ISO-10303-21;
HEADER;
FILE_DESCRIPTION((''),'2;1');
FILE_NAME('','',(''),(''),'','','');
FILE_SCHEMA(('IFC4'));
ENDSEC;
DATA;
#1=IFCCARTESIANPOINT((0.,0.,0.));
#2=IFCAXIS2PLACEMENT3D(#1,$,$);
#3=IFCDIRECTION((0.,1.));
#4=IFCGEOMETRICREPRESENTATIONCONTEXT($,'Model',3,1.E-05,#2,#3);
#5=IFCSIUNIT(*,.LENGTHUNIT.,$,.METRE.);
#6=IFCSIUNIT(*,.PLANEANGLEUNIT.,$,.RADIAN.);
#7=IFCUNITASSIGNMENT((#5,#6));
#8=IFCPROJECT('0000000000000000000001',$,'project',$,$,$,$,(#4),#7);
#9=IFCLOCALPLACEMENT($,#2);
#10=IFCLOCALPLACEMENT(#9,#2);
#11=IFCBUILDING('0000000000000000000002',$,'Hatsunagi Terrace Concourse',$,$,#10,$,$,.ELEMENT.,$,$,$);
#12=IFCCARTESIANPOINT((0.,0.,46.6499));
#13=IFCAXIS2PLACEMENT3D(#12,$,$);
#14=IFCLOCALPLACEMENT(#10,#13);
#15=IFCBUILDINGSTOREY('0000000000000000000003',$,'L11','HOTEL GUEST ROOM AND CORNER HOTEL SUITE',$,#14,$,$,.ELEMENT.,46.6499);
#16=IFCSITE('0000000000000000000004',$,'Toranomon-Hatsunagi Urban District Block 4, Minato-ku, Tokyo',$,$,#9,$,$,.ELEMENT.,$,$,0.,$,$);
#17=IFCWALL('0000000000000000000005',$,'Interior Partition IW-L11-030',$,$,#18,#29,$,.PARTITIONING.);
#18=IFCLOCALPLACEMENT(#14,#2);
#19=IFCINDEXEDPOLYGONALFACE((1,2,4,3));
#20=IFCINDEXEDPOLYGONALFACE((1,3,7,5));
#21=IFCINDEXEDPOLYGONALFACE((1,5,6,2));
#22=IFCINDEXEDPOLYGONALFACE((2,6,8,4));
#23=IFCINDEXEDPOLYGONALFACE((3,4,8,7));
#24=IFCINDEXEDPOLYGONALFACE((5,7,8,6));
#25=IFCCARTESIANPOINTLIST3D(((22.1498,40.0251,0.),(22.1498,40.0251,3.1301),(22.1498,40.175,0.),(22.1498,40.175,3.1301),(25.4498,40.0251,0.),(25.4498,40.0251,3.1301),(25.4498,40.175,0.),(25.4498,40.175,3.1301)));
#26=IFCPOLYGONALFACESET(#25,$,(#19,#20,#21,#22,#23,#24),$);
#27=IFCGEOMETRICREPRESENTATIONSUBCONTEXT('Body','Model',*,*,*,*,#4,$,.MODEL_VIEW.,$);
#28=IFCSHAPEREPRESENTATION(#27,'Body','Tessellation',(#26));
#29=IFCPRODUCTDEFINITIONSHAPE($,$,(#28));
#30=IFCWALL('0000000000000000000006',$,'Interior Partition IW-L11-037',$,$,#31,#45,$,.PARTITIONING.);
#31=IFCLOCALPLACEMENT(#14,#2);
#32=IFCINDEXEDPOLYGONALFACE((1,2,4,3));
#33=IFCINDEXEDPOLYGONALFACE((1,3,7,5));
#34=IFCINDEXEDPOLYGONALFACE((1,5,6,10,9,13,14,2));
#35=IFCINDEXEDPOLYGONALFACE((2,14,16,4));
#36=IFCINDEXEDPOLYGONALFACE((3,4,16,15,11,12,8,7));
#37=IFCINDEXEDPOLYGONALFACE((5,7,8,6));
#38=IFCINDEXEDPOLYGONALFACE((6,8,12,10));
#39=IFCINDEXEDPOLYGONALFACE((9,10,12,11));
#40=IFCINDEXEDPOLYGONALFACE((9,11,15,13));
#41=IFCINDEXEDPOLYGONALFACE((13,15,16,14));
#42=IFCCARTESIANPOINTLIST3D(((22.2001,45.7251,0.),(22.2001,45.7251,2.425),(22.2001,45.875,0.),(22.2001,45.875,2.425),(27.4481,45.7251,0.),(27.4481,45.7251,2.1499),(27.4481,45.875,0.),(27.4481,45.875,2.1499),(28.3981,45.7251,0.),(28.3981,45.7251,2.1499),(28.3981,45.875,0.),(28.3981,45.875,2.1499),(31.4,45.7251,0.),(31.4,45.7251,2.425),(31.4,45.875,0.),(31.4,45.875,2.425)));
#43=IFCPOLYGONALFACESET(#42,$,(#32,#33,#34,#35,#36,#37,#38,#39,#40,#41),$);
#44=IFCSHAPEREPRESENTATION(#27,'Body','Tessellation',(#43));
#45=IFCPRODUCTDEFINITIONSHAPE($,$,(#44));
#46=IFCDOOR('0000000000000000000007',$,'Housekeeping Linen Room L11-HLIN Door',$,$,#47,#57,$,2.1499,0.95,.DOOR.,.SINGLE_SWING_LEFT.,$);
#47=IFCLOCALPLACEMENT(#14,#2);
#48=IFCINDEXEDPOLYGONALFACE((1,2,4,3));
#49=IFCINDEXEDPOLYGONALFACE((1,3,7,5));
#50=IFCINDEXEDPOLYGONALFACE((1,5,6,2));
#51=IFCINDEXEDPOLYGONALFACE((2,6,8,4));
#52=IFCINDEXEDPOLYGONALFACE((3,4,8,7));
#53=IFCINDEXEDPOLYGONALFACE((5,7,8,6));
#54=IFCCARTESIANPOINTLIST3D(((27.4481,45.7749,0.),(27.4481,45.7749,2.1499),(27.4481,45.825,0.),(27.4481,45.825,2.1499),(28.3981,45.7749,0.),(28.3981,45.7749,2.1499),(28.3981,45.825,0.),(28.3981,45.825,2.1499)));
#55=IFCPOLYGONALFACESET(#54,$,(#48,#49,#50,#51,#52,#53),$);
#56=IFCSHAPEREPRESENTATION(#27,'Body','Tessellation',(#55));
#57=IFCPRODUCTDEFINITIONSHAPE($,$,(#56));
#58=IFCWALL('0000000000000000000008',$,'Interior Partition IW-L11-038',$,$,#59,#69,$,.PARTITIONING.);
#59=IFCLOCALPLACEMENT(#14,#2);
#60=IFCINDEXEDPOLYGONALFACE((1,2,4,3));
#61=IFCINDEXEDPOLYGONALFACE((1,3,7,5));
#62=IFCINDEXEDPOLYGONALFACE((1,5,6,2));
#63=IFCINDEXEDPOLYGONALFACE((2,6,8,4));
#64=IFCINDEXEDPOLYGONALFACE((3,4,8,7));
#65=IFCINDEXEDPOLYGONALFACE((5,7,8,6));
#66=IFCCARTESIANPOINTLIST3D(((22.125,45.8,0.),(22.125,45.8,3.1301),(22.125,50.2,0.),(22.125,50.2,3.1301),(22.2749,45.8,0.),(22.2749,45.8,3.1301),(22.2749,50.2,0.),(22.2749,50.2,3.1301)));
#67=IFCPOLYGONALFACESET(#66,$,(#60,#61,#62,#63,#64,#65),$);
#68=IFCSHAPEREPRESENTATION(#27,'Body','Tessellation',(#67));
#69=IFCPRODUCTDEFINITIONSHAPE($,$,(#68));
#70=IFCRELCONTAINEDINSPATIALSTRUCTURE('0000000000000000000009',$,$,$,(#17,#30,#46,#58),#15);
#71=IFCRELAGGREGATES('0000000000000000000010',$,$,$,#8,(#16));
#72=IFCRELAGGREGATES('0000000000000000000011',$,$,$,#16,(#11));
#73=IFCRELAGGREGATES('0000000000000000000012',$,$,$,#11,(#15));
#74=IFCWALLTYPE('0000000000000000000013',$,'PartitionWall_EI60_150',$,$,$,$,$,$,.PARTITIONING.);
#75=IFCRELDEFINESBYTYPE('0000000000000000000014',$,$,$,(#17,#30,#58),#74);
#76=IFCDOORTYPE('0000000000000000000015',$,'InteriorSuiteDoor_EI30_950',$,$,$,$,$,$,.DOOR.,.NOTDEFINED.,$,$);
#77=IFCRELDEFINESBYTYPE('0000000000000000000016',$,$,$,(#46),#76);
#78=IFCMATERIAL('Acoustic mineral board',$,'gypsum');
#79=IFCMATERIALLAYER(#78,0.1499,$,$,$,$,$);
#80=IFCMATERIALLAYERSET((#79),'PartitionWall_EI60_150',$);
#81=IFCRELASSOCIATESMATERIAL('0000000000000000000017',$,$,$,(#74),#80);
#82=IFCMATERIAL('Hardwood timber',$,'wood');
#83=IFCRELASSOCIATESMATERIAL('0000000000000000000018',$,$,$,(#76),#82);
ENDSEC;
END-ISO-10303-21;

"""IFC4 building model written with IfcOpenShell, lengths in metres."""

from ifc_helpers import new_model, si_unit, direction, frame, frame_2d, origin, place, context, subcontext, project, spatial, rectangle, extrude, material, layer, layer_set, type_object, element, fill, save


model = new_model("IFC4")

# Units and contexts
model_context = context("Model", 3, precision=1e-05, world=origin(), true_north=direction((0.0, 1.0)))
body_context = subcontext(model_context, "Body", "Model", "MODEL_VIEW")
ifc_project = project(units=[si_unit("LENGTHUNIT", "METRE"), si_unit("PLANEANGLEUNIT", "RADIAN")], contexts=[model_context])

# Site, building, storey
site_placement = place(None, origin())
site = spatial("IfcSite", under=ifc_project, at=site_placement, Name="Toranomon-Hatsunagi Urban District Block 4, Minato-ku, Tokyo", CompositionType="ELEMENT", RefElevation=0.0)
building_placement = place(site_placement, origin())
building = spatial("IfcBuilding", under=site, at=building_placement, Name="Hatsunagi Terrace Concourse", CompositionType="ELEMENT")
storey_placement = place(building_placement, frame((0.0, 0.0, 46.6499)))
storey = spatial("IfcBuildingStorey", under=building, at=storey_placement, Name="L11", Description="HOTEL GUEST ROOM AND CORNER HOTEL SUITE", CompositionType="ELEMENT", Elevation=46.6499)

# Wall
ifc_material_1 = material(Name="Acoustic mineral board", Category="gypsum")
ifc_layer_1 = layer(ifc_material_1, 0.1499)
ifc_layer_set_1 = layer_set([ifc_layer_1], Name="PartitionWall_EI60_150")
wall_type_1 = type_object("IfcWallType", Name="PartitionWall_EI60_150", PredefinedType="PARTITIONING", material=ifc_layer_set_1)
wall_1_placement = place(storey_placement, frame((22.1499, 40.1001, 0.0), z_axis=(0.0, 0.0, 1.0), x_axis=(1.0, 0.0, 0.0)))
element("IfcWall", 1, at=wall_1_placement, inside=storey, type_object=wall_type_1, Name="Interior Partition IW-L11-030", PredefinedType="PARTITIONING", context=body_context, shape_type="SweptSolid", body=[
    extrude(rectangle(XDim=3.3, YDim=0.1499, at=frame_2d((1.6499, 0.0))), origin(), (0.0, 0.0, 1.0), 3.1301),
])

# Wall, opening, door
wall_2_placement = place(storey_placement, frame((22.2, 45.8, 0.0), z_axis=(0.0, 0.0, 1.0), x_axis=(1.0, 0.0, 0.0)))
wall_2 = element("IfcWall", 2, at=wall_2_placement, inside=storey, type_object=wall_type_1, Name="Interior Partition IW-L11-037", PredefinedType="PARTITIONING", context=body_context, shape_type="SweptSolid", body=[
    extrude(rectangle(XDim=9.2, YDim=0.1499, at=frame_2d((4.6001, 0.0))), origin(), (0.0, 0.0, 1.0), 2.425),
])
opening_placement = place(wall_2_placement, frame((5.248, 0.0, 0.0)))
opening = element("IfcOpeningElement", 3, at=opening_placement, cuts=wall_2, PredefinedType="OPENING", context=body_context, shape_type="SweptSolid", body=[
    extrude(rectangle(XDim=0.95, YDim=2.1499, at=frame_2d((0.4751, 1.075))), frame((0.0, 0.085, 0.0), z_axis=(0.0, -1.0, 0.0), x_axis=(1.0, 0.0, 0.0)), (0.0, 0.0, 1.0), 0.1699),
])
ifc_material_2 = material(Name="Hardwood timber", Category="wood")
door_type = type_object("IfcDoorType", Name="InteriorSuiteDoor_EI30_950", OperationType="NOTDEFINED", PredefinedType="DOOR", material=ifc_material_2)
door_placement = place(opening_placement, origin())
door = element("IfcDoor", 4, at=door_placement, inside=storey, type_object=door_type, Name="Housekeeping Linen Room L11-HLIN Door", OperationType="SINGLE_SWING_LEFT", OverallHeight=2.1499, OverallWidth=0.95, PredefinedType="DOOR", context=body_context, shape_type="SweptSolid", body=[
    extrude(rectangle(XDim=0.95, YDim=2.1499, at=frame_2d((0.4751, 1.075))), frame((0.0, 0.0249, 0.0), z_axis=(0.0, -1.0, 0.0), x_axis=(1.0, 0.0, 0.0)), (0.0, 0.0, 1.0), 0.05),
])
fill(opening, door)

# Wall
wall_3_placement = place(storey_placement, frame((22.2, 45.8, 0.0), z_axis=(0.0, 0.0, 1.0), x_axis=(0.0, 1.0, 0.0)))
element("IfcWall", 5, at=wall_3_placement, inside=storey, type_object=wall_type_1, Name="Interior Partition IW-L11-038", PredefinedType="PARTITIONING", context=body_context, shape_type="SweptSolid", body=[
    extrude(rectangle(XDim=4.3999, YDim=0.1499, at=frame_2d((2.2, 0.0))), origin(), (0.0, 0.0, 1.0), 3.1301),
])

save(model, "model.ifc")
